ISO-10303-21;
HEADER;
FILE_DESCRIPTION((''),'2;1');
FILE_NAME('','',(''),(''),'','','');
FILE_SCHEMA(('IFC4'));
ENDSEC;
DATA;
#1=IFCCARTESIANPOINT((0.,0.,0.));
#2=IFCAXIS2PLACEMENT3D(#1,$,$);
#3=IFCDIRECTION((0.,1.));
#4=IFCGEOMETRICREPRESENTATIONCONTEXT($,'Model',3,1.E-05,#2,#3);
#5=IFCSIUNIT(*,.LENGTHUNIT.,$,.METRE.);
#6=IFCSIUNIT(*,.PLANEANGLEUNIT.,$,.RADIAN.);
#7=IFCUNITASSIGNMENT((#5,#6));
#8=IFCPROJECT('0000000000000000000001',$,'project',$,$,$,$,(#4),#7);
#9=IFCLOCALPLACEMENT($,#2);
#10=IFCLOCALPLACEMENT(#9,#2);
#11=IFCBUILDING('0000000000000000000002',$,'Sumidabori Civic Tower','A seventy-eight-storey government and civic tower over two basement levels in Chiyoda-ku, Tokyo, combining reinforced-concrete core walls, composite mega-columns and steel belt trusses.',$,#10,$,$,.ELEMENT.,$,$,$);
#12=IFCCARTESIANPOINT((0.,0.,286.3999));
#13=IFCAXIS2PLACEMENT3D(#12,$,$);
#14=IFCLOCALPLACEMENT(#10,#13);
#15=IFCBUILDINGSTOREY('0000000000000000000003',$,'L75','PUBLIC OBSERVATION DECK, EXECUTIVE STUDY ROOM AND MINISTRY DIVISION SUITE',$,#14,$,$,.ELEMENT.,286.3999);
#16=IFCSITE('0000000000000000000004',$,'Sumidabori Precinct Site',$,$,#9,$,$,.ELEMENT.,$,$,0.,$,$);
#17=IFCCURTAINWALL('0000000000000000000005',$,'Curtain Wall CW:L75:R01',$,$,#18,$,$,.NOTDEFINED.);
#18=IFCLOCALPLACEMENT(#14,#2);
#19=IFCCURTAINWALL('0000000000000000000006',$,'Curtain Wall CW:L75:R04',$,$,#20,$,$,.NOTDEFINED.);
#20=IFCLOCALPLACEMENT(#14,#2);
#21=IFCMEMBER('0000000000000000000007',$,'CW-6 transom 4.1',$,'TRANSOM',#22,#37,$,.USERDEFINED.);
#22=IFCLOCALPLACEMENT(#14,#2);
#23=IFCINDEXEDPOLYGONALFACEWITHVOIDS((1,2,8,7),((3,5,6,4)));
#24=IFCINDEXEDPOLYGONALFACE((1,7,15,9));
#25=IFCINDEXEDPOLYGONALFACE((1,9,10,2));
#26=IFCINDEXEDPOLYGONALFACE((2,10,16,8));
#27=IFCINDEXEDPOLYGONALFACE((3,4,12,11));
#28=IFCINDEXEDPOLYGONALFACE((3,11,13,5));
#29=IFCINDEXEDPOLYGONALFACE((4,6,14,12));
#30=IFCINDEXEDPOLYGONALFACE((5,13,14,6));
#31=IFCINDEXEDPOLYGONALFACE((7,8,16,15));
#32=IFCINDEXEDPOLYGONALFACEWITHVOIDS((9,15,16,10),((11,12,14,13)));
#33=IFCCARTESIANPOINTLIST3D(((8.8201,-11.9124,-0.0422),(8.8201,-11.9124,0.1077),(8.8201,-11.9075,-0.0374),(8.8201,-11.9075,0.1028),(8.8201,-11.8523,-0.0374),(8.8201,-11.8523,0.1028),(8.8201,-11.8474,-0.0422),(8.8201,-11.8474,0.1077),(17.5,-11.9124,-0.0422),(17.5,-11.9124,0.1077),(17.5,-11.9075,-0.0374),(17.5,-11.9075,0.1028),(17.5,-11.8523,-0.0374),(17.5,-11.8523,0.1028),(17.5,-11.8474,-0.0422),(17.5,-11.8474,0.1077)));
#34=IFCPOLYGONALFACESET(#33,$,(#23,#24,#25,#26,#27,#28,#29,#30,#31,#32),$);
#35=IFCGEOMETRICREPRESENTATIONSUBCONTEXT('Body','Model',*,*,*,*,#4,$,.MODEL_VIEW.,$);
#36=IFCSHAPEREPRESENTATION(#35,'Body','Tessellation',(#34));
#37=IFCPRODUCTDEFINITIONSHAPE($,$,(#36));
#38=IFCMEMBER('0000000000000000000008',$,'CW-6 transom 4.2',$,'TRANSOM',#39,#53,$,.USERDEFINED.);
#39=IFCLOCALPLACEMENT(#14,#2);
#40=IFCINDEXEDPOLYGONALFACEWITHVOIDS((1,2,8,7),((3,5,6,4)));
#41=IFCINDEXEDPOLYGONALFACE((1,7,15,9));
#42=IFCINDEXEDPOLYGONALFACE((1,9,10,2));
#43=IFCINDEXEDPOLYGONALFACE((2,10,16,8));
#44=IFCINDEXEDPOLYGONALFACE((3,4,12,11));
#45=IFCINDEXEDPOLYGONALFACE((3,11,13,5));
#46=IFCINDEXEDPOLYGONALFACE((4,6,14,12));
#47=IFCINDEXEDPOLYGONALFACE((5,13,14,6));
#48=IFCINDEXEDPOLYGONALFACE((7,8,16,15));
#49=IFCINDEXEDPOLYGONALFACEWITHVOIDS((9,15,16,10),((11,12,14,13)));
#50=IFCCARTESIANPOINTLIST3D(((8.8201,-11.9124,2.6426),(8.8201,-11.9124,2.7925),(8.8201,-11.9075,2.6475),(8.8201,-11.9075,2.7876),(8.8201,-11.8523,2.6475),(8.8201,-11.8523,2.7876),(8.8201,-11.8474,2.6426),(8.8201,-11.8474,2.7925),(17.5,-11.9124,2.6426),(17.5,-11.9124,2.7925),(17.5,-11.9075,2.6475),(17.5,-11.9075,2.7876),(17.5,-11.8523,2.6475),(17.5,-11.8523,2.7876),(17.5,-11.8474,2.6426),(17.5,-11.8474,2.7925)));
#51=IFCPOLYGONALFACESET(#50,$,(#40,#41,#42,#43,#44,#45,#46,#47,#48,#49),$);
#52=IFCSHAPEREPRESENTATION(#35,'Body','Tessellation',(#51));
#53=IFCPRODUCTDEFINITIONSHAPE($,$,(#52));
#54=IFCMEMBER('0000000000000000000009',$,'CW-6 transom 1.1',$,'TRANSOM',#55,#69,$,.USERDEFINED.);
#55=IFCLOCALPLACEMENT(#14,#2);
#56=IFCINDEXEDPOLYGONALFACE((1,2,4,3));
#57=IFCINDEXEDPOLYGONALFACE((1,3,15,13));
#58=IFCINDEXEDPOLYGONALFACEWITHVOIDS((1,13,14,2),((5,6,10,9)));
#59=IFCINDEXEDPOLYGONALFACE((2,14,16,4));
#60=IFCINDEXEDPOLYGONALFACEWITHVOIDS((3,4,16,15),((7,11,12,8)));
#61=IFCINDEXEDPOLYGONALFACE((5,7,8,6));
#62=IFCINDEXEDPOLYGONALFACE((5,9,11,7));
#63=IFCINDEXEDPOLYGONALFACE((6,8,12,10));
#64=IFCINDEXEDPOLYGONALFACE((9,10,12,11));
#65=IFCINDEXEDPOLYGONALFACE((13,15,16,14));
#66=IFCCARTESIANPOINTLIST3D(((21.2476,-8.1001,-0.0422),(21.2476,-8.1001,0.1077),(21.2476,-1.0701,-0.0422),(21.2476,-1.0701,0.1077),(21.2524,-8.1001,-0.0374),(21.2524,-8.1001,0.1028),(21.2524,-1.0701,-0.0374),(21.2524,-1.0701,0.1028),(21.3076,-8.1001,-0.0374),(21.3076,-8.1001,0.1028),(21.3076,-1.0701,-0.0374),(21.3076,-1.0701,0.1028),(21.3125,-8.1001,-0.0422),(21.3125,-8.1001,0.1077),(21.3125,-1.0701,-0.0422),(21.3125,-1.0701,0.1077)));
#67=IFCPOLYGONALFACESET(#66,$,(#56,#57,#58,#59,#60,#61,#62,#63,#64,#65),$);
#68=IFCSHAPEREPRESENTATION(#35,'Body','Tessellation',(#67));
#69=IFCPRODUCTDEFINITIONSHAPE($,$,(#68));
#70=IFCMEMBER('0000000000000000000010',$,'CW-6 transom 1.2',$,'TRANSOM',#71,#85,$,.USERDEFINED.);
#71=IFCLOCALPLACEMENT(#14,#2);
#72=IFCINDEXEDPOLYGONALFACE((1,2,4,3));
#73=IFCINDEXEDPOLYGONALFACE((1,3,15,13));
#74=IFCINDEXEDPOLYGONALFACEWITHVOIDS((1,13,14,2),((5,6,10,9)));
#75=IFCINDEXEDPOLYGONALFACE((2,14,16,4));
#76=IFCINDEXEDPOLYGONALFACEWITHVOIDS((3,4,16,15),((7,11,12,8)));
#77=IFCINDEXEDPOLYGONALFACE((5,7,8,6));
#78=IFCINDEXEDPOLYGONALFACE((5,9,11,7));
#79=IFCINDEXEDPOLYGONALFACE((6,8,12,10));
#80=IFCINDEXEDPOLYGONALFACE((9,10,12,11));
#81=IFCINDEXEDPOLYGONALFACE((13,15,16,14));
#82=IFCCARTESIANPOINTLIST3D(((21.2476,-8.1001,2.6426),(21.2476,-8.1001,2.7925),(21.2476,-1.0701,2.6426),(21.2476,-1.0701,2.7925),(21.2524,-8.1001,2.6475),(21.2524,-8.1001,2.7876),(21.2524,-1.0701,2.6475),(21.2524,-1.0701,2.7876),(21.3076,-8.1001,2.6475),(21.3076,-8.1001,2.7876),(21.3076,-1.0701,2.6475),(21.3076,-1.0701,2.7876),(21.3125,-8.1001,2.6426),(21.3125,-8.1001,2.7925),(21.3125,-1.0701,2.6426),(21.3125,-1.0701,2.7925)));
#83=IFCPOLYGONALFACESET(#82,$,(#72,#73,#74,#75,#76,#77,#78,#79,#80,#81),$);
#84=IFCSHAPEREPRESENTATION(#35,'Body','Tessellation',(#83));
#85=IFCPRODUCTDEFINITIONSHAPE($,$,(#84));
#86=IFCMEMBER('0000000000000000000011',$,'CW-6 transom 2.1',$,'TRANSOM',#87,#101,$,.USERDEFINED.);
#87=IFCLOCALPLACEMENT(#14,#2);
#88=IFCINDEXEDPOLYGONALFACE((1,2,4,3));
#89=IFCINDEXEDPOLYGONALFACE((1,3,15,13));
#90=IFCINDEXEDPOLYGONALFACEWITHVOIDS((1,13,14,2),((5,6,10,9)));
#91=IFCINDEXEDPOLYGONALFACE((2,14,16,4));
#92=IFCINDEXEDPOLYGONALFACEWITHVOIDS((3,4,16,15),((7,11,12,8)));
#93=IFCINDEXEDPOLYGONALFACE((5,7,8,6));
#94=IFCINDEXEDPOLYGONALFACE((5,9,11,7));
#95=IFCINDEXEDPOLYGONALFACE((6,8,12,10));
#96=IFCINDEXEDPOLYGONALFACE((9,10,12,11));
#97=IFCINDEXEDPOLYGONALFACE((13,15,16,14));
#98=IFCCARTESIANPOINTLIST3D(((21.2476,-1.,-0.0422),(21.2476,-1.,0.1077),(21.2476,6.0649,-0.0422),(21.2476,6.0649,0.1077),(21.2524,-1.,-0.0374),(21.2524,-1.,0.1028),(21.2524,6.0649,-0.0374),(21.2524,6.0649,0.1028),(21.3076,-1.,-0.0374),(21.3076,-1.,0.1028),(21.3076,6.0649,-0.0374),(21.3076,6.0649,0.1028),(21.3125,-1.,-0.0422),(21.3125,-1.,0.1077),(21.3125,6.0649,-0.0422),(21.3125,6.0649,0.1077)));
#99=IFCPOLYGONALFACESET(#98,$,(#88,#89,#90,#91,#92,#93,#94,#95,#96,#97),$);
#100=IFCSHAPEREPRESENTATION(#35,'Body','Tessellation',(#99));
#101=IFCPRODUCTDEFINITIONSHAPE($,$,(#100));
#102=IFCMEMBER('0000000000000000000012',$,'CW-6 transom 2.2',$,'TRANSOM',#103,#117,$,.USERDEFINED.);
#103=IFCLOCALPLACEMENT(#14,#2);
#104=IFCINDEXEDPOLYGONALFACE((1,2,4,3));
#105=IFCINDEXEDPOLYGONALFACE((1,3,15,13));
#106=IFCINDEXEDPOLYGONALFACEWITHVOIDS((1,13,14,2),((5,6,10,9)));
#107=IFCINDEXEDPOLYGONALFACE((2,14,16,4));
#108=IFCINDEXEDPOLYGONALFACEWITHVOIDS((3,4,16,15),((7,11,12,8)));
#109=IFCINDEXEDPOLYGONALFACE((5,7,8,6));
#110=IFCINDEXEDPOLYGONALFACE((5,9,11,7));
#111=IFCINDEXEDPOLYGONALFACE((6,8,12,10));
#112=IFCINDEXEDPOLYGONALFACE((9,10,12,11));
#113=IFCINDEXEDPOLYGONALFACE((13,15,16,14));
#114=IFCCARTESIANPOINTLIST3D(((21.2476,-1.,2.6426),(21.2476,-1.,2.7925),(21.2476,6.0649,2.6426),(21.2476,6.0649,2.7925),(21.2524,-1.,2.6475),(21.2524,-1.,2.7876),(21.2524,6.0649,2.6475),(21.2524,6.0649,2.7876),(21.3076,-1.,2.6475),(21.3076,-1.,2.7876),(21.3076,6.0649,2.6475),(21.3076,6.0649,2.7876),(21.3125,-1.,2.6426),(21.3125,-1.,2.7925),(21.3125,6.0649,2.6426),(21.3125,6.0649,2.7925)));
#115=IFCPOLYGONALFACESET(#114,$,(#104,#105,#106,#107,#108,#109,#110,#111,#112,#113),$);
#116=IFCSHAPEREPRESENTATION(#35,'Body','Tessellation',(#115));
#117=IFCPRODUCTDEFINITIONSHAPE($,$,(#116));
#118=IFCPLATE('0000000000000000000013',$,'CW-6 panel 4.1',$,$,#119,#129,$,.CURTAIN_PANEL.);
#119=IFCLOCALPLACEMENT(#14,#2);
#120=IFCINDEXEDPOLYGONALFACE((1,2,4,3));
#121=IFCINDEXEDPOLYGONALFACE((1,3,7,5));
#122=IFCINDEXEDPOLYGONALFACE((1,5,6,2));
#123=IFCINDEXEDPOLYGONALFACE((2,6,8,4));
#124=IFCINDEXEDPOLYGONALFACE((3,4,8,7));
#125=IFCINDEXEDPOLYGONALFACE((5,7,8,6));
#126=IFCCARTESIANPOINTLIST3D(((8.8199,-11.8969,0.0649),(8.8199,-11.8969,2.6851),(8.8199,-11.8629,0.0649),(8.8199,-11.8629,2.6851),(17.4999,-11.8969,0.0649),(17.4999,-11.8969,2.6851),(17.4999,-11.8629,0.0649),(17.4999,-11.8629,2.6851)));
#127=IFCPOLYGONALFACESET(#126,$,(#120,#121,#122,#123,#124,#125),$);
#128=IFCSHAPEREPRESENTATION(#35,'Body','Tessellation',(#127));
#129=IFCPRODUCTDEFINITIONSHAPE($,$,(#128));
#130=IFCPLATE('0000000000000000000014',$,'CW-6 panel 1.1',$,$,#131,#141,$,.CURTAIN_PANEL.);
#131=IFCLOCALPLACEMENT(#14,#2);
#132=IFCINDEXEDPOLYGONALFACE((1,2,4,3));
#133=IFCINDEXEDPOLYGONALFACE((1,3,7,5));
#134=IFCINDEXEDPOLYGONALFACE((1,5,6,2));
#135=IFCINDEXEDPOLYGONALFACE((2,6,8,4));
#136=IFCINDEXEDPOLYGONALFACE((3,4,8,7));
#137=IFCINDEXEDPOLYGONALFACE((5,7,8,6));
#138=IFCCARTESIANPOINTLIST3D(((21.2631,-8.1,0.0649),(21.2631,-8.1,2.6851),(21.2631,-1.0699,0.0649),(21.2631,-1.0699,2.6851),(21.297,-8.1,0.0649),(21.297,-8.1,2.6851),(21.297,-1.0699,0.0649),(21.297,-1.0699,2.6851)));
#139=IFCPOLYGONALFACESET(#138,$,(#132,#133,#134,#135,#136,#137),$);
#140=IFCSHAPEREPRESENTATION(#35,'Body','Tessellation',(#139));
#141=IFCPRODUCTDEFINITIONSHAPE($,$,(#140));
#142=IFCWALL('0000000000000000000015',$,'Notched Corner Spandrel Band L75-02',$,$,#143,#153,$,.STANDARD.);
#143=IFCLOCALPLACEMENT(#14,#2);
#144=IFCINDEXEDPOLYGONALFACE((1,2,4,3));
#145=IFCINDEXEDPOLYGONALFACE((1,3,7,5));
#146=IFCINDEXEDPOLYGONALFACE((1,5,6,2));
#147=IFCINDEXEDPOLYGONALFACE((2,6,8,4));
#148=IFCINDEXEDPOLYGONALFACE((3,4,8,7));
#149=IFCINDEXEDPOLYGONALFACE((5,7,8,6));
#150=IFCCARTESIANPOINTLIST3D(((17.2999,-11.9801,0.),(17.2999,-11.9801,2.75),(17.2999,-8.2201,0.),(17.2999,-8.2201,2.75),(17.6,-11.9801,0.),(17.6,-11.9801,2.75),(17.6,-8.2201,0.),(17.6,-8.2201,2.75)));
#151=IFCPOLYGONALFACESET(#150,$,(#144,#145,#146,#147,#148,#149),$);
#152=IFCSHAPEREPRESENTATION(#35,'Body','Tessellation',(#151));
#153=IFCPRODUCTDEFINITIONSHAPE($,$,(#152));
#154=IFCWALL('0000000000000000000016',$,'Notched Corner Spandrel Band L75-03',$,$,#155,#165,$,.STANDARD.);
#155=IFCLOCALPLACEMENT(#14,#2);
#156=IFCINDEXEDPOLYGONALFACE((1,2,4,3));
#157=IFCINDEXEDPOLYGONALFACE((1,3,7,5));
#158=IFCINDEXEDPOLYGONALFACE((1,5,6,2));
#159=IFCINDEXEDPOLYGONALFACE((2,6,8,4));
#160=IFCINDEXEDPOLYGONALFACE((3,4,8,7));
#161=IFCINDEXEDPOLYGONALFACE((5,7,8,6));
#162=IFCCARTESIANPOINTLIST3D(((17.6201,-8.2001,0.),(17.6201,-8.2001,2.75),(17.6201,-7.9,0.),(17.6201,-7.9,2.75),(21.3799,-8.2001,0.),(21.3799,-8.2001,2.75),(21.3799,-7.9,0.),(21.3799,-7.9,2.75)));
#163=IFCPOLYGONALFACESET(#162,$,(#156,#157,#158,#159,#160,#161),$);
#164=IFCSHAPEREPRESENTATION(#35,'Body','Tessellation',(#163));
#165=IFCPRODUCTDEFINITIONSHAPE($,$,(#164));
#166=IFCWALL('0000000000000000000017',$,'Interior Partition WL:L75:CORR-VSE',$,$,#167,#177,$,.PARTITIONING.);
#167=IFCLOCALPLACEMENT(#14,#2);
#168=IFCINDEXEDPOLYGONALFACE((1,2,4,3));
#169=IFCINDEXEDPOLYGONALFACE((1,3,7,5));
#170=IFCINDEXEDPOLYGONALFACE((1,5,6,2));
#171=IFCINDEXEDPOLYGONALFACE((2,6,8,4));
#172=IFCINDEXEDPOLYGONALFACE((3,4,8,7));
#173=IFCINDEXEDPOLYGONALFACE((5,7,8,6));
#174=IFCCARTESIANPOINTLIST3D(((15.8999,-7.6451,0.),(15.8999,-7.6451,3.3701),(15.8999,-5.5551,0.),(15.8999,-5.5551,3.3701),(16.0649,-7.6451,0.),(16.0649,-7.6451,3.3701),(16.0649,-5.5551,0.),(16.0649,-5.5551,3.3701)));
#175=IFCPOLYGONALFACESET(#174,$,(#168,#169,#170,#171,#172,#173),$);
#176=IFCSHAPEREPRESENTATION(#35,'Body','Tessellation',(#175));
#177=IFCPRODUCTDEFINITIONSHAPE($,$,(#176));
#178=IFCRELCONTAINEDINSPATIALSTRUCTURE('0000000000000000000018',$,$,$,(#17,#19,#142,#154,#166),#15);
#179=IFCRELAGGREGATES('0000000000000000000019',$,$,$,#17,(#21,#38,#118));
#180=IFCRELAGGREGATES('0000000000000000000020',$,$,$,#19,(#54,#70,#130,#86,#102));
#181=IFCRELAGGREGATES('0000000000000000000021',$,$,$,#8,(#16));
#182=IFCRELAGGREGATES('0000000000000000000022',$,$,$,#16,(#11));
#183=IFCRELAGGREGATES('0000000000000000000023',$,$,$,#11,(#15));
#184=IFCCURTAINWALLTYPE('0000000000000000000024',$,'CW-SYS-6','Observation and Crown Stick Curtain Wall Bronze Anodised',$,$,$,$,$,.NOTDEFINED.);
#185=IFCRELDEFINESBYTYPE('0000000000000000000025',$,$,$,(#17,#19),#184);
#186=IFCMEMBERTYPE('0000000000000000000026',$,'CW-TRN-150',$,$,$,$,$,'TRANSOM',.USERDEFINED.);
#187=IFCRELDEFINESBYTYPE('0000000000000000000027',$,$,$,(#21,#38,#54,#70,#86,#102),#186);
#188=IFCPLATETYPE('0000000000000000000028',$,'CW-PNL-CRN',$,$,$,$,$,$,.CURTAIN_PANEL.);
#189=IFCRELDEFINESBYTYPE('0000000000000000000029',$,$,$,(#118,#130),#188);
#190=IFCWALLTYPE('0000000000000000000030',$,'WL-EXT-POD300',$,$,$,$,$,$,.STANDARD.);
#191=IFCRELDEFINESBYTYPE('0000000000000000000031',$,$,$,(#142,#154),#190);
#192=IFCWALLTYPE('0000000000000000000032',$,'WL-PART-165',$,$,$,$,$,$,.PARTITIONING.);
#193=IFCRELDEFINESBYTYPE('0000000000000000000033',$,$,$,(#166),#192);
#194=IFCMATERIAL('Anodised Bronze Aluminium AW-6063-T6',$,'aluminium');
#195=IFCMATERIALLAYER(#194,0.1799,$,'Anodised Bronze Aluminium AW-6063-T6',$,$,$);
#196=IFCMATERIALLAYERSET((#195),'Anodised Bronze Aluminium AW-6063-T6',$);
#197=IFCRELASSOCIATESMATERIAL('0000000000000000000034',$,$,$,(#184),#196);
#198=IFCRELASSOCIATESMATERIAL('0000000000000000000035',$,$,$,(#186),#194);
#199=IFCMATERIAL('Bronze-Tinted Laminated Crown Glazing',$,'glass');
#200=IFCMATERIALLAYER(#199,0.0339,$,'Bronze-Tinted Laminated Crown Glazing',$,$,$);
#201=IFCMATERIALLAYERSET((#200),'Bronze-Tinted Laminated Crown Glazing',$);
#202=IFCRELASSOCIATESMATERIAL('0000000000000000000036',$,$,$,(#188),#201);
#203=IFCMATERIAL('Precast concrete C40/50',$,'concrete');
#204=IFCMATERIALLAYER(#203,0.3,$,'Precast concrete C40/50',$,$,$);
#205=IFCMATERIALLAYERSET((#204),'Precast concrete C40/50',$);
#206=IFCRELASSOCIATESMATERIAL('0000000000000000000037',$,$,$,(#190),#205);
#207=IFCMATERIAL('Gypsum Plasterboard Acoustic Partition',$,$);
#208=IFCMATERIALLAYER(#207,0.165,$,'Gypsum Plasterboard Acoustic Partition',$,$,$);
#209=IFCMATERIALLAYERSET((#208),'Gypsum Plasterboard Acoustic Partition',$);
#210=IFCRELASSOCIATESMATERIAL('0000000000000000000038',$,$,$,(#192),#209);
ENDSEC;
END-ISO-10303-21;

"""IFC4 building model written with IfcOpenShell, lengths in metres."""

from ifc_helpers import new_model, si_unit, direction, frame, frame_2d, origin, origin_2d, place, context, subcontext, project, spatial, rectangle, hollow_rectangle, extrude, source, transform, mapped, material, layer, layer_set, material_profile, profile_set, type_object, element, aggregate, save


model = new_model("IFC4")

# Units and contexts
model_context = context("Model", 3, precision=1e-05, world=origin(), true_north=direction((0.0, 1.0)))
body_context = subcontext(model_context, "Body", "Model", "MODEL_VIEW")
ifc_project = project(units=[si_unit("LENGTHUNIT", "METRE"), si_unit("PLANEANGLEUNIT", "RADIAN")], contexts=[model_context])

# Site, building, storey
site_placement = place(None, origin())
site = spatial("IfcSite", under=ifc_project, at=site_placement, Name="Sumidabori Precinct Site", CompositionType="ELEMENT", RefElevation=0.0)
building_placement = place(site_placement, origin())
building = spatial("IfcBuilding", under=site, at=building_placement, Name="Sumidabori Civic Tower", Description="A seventy-eight-storey government and civic tower over two basement levels in Chiyoda-ku, Tokyo, combining reinforced-concrete core walls, composite mega-columns and steel belt trusses.", CompositionType="ELEMENT")
storey_placement = place(building_placement, frame((0.0, 0.0, 286.3999)))
storey = spatial("IfcBuildingStorey", under=building, at=storey_placement, Name="L75", Description="PUBLIC OBSERVATION DECK, EXECUTIVE STUDY ROOM AND MINISTRY DIVISION SUITE", CompositionType="ELEMENT", Elevation=286.3999)

# Curtain walls
ifc_material_1 = material(Name="Anodised Bronze Aluminium AW-6063-T6", Category="aluminium")
ifc_layer_1 = layer(ifc_material_1, 0.1799, Name="Anodised Bronze Aluminium AW-6063-T6")
ifc_layer_set_1 = layer_set([ifc_layer_1], Name="Anodised Bronze Aluminium AW-6063-T6")
curtain_wall_type = type_object("IfcCurtainWallType", Name="CW-SYS-6", Description="Observation and Crown Stick Curtain Wall Bronze Anodised", PredefinedType="NOTDEFINED", material=ifc_layer_set_1)
curtain_wall_1_placement = place(storey_placement, origin())
curtain_wall_1 = element("IfcCurtainWall", 1, at=curtain_wall_1_placement, inside=storey, type_object=curtain_wall_type, Name="Curtain Wall CW:L75:R01", PredefinedType="NOTDEFINED")
curtain_wall_2_placement = place(storey_placement, origin())
curtain_wall_2 = element("IfcCurtainWall", 2, at=curtain_wall_2_placement, inside=storey, type_object=curtain_wall_type, Name="Curtain Wall CW:L75:R04", PredefinedType="NOTDEFINED")

# Members
ifc_material_profile_1 = material_profile(ifc_material_1, hollow_rectangle(XDim=0.0649, YDim=0.1499, WallThickness=0.0049, at=origin_2d()), Name="ALU TRANSOM 150x65")
ifc_profile_set_1 = profile_set([ifc_material_profile_1], Name="Anodised Bronze Aluminium AW-6063-T6")
member_type_1 = type_object("IfcMemberType", Name="CW-TRN-150", ElementType="TRANSOM", PredefinedType="USERDEFINED", material=ifc_profile_set_1)
shared_shape_1 = source(origin(), body_context, "Body", "SweptSolid", [
    extrude(hollow_rectangle(XDim=0.0649, YDim=0.1499, WallThickness=0.0049, at=origin_2d()), origin(), (0.0, 0.0, 1.0), 8.6799),
])
member_1_placement = place(storey_placement, frame((8.8201, -11.8799, 0.0327), z_axis=(1.0, 0.0, 0.0), x_axis=(0.0, 1.0, 0.0)))
member_1 = element("IfcMember", 3, at=member_1_placement, type_object=member_type_1, Name="CW-6 transom 4.1", ObjectType="TRANSOM", PredefinedType="USERDEFINED", context=body_context, shape_type="MappedRepresentation", body=[
    mapped(shared_shape_1, transform((0.0, 0.0, 0.0), x_axis=(1.0, 0.0, 0.0), y_axis=(0.0, 1.0, 0.0), z_axis=(0.0, 0.0, 1.0), scale=1.0)),
])
member_2_placement = place(storey_placement, frame((8.8201, -11.8799, 2.7175), z_axis=(1.0, 0.0, 0.0), x_axis=(0.0, 1.0, 0.0)))
member_2 = element("IfcMember", 4, at=member_2_placement, type_object=member_type_1, Name="CW-6 transom 4.2", ObjectType="TRANSOM", PredefinedType="USERDEFINED", context=body_context, shape_type="MappedRepresentation", body=[
    mapped(shared_shape_1, transform((0.0, 0.0, 0.0), x_axis=(1.0, 0.0, 0.0), y_axis=(0.0, 1.0, 0.0), z_axis=(0.0, 0.0, 1.0), scale=1.0)),
])
shared_shape_2 = source(origin(), body_context, "Body", "SweptSolid", [
    extrude(hollow_rectangle(XDim=0.0649, YDim=0.1499, WallThickness=0.0049, at=origin_2d()), origin(), (0.0, 0.0, 1.0), 7.03),
])
member_3_placement = place(storey_placement, frame((21.28, -8.1001, 0.0327), z_axis=(0.0, 1.0, 0.0), x_axis=(-1.0, 0.0, 0.0)))
member_3 = element("IfcMember", 5, at=member_3_placement, type_object=member_type_1, Name="CW-6 transom 1.1", ObjectType="TRANSOM", PredefinedType="USERDEFINED", context=body_context, shape_type="MappedRepresentation", body=[
    mapped(shared_shape_2, transform((0.0, 0.0, 0.0), x_axis=(1.0, 0.0, 0.0), y_axis=(0.0, 1.0, 0.0), z_axis=(0.0, 0.0, 1.0), scale=1.0)),
])
member_4_placement = place(storey_placement, frame((21.28, -8.1001, 2.7175), z_axis=(0.0, 1.0, 0.0), x_axis=(-1.0, 0.0, 0.0)))
member_4 = element("IfcMember", 6, at=member_4_placement, type_object=member_type_1, Name="CW-6 transom 1.2", ObjectType="TRANSOM", PredefinedType="USERDEFINED", context=body_context, shape_type="MappedRepresentation", body=[
    mapped(shared_shape_2, transform((0.0, 0.0, 0.0), x_axis=(1.0, 0.0, 0.0), y_axis=(0.0, 1.0, 0.0), z_axis=(0.0, 0.0, 1.0), scale=1.0)),
])
shared_shape_3 = source(origin(), body_context, "Body", "SweptSolid", [
    extrude(hollow_rectangle(XDim=0.0649, YDim=0.1499, WallThickness=0.0049, at=origin_2d()), origin(), (0.0, 0.0, 1.0), 7.0649),
])
member_5_placement = place(storey_placement, frame((21.28, -1.0, 0.0327), z_axis=(0.0, 1.0, 0.0), x_axis=(-1.0, 0.0, 0.0)))
member_5 = element("IfcMember", 7, at=member_5_placement, type_object=member_type_1, Name="CW-6 transom 2.1", ObjectType="TRANSOM", PredefinedType="USERDEFINED", context=body_context, shape_type="MappedRepresentation", body=[
    mapped(shared_shape_3, transform((0.0, 0.0, 0.0), x_axis=(1.0, 0.0, 0.0), y_axis=(0.0, 1.0, 0.0), z_axis=(0.0, 0.0, 1.0), scale=1.0)),
])
member_6_placement = place(storey_placement, frame((21.28, -1.0, 2.7175), z_axis=(0.0, 1.0, 0.0), x_axis=(-1.0, 0.0, 0.0)))
member_6 = element("IfcMember", 8, at=member_6_placement, type_object=member_type_1, Name="CW-6 transom 2.2", ObjectType="TRANSOM", PredefinedType="USERDEFINED", context=body_context, shape_type="MappedRepresentation", body=[
    mapped(shared_shape_3, transform((0.0, 0.0, 0.0), x_axis=(1.0, 0.0, 0.0), y_axis=(0.0, 1.0, 0.0), z_axis=(0.0, 0.0, 1.0), scale=1.0)),
])

# Plates
ifc_material_2 = material(Name="Bronze-Tinted Laminated Crown Glazing", Category="glass")
ifc_layer_2 = layer(ifc_material_2, 0.0339, Name="Bronze-Tinted Laminated Crown Glazing")
ifc_layer_set_2 = layer_set([ifc_layer_2], Name="Bronze-Tinted Laminated Crown Glazing")
plate_type = type_object("IfcPlateType", Name="CW-PNL-CRN", PredefinedType="CURTAIN_PANEL", material=ifc_layer_set_2)
shared_shape_4 = source(origin(), body_context, "Body", "SweptSolid", [
    extrude(rectangle(XDim=8.6799, YDim=0.0339, at=origin_2d()), origin(), (0.0, 0.0, 1.0), 2.6201),
])
plate_1_placement = place(storey_placement, frame((13.1599, -11.8799, 0.0649), z_axis=(0.0, 0.0, 1.0), x_axis=(1.0, 0.0, 0.0)))
plate_1 = element("IfcPlate", 9, at=plate_1_placement, type_object=plate_type, Name="CW-6 panel 4.1", PredefinedType="CURTAIN_PANEL", context=body_context, shape_type="MappedRepresentation", body=[
    mapped(shared_shape_4, transform((0.0, 0.0, 0.0), x_axis=(1.0, 0.0, 0.0), y_axis=(0.0, 1.0, 0.0), z_axis=(0.0, 0.0, 1.0), scale=1.0)),
])
aggregate(curtain_wall_1, [member_1, member_2, plate_1])
shared_shape_5 = source(origin(), body_context, "Body", "SweptSolid", [
    extrude(rectangle(XDim=7.03, YDim=0.0339, at=origin_2d()), origin(), (0.0, 0.0, 1.0), 2.6201),
])
plate_2_placement = place(storey_placement, frame((21.28, -4.585, 0.0649), z_axis=(0.0, 0.0, 1.0), x_axis=(0.0, 1.0, 0.0)))
plate_2 = element("IfcPlate", 10, at=plate_2_placement, type_object=plate_type, Name="CW-6 panel 1.1", PredefinedType="CURTAIN_PANEL", context=body_context, shape_type="MappedRepresentation", body=[
    mapped(shared_shape_5, transform((0.0, 0.0, 0.0), x_axis=(1.0, 0.0, 0.0), y_axis=(0.0, 1.0, 0.0), z_axis=(0.0, 0.0, 1.0), scale=1.0)),
])
aggregate(curtain_wall_2, [member_3, member_4, plate_2, member_5, member_6])

# Walls
ifc_material_3 = material(Name="Precast concrete C40/50", Category="concrete")
ifc_layer_3 = layer(ifc_material_3, 0.3, Name="Precast concrete C40/50")
ifc_layer_set_3 = layer_set([ifc_layer_3], Name="Precast concrete C40/50")
wall_type_1 = type_object("IfcWallType", Name="WL-EXT-POD300", PredefinedType="STANDARD", material=ifc_layer_set_3)
shared_shape_6 = source(origin(), body_context, "Body", "SweptSolid", [
    extrude(rectangle(XDim=3.76, YDim=0.3, at=frame_2d((1.8799, 0.0))), origin(), (0.0, 0.0, 1.0), 2.75),
])
wall_1_placement = place(storey_placement, frame((17.45, -11.98, 0.0), z_axis=(0.0, 0.0, 1.0), x_axis=(0.0, 1.0, 0.0)))
element("IfcWall", 11, at=wall_1_placement, inside=storey, type_object=wall_type_1, Name="Notched Corner Spandrel Band L75-02", PredefinedType="STANDARD", context=body_context, shape_type="MappedRepresentation", body=[
    mapped(shared_shape_6, transform((0.0, 0.0, 0.0), x_axis=(1.0, 0.0, 0.0), y_axis=(0.0, 1.0, 0.0), z_axis=(0.0, 0.0, 1.0), scale=1.0)),
])
shared_shape_7 = source(origin(), body_context, "Body", "SweptSolid", [
    extrude(rectangle(XDim=3.7598, YDim=0.3, at=frame_2d((1.8799, 0.0))), origin(), (0.0, 0.0, 1.0), 2.75),
])
wall_2_placement = place(storey_placement, frame((17.6201, -8.05, 0.0), z_axis=(0.0, 0.0, 1.0), x_axis=(1.0, 0.0, 0.0)))
element("IfcWall", 12, at=wall_2_placement, inside=storey, type_object=wall_type_1, Name="Notched Corner Spandrel Band L75-03", PredefinedType="STANDARD", context=body_context, shape_type="MappedRepresentation", body=[
    mapped(shared_shape_7, transform((0.0, 0.0, 0.0), x_axis=(1.0, 0.0, 0.0), y_axis=(0.0, 1.0, 0.0), z_axis=(0.0, 0.0, 1.0), scale=1.0)),
])
ifc_material_4 = material(Name="Gypsum Plasterboard Acoustic Partition")
ifc_layer_4 = layer(ifc_material_4, 0.165, Name="Gypsum Plasterboard Acoustic Partition")
ifc_layer_set_4 = layer_set([ifc_layer_4], Name="Gypsum Plasterboard Acoustic Partition")
wall_type_2 = type_object("IfcWallType", Name="WL-PART-165", PredefinedType="PARTITIONING", material=ifc_layer_set_4)
shared_shape_8 = source(origin(), body_context, "Body", "SweptSolid", [
    extrude(rectangle(XDim=2.0901, YDim=0.165, at=frame_2d((1.0449, 0.0))), origin(), (0.0, 0.0, 1.0), 3.3701),
])
wall_3_placement = place(storey_placement, frame((15.9824, -7.645, 0.0), z_axis=(0.0, 0.0, 1.0), x_axis=(0.0, 1.0, 0.0)))
element("IfcWall", 13, at=wall_3_placement, inside=storey, type_object=wall_type_2, Name="Interior Partition WL:L75:CORR-VSE", PredefinedType="PARTITIONING", context=body_context, shape_type="MappedRepresentation", body=[
    mapped(shared_shape_8, transform((0.0, 0.0, 0.0), x_axis=(1.0, 0.0, 0.0), y_axis=(0.0, 1.0, 0.0), z_axis=(0.0, 0.0, 1.0), scale=1.0)),
])

save(model, "model.ifc")
